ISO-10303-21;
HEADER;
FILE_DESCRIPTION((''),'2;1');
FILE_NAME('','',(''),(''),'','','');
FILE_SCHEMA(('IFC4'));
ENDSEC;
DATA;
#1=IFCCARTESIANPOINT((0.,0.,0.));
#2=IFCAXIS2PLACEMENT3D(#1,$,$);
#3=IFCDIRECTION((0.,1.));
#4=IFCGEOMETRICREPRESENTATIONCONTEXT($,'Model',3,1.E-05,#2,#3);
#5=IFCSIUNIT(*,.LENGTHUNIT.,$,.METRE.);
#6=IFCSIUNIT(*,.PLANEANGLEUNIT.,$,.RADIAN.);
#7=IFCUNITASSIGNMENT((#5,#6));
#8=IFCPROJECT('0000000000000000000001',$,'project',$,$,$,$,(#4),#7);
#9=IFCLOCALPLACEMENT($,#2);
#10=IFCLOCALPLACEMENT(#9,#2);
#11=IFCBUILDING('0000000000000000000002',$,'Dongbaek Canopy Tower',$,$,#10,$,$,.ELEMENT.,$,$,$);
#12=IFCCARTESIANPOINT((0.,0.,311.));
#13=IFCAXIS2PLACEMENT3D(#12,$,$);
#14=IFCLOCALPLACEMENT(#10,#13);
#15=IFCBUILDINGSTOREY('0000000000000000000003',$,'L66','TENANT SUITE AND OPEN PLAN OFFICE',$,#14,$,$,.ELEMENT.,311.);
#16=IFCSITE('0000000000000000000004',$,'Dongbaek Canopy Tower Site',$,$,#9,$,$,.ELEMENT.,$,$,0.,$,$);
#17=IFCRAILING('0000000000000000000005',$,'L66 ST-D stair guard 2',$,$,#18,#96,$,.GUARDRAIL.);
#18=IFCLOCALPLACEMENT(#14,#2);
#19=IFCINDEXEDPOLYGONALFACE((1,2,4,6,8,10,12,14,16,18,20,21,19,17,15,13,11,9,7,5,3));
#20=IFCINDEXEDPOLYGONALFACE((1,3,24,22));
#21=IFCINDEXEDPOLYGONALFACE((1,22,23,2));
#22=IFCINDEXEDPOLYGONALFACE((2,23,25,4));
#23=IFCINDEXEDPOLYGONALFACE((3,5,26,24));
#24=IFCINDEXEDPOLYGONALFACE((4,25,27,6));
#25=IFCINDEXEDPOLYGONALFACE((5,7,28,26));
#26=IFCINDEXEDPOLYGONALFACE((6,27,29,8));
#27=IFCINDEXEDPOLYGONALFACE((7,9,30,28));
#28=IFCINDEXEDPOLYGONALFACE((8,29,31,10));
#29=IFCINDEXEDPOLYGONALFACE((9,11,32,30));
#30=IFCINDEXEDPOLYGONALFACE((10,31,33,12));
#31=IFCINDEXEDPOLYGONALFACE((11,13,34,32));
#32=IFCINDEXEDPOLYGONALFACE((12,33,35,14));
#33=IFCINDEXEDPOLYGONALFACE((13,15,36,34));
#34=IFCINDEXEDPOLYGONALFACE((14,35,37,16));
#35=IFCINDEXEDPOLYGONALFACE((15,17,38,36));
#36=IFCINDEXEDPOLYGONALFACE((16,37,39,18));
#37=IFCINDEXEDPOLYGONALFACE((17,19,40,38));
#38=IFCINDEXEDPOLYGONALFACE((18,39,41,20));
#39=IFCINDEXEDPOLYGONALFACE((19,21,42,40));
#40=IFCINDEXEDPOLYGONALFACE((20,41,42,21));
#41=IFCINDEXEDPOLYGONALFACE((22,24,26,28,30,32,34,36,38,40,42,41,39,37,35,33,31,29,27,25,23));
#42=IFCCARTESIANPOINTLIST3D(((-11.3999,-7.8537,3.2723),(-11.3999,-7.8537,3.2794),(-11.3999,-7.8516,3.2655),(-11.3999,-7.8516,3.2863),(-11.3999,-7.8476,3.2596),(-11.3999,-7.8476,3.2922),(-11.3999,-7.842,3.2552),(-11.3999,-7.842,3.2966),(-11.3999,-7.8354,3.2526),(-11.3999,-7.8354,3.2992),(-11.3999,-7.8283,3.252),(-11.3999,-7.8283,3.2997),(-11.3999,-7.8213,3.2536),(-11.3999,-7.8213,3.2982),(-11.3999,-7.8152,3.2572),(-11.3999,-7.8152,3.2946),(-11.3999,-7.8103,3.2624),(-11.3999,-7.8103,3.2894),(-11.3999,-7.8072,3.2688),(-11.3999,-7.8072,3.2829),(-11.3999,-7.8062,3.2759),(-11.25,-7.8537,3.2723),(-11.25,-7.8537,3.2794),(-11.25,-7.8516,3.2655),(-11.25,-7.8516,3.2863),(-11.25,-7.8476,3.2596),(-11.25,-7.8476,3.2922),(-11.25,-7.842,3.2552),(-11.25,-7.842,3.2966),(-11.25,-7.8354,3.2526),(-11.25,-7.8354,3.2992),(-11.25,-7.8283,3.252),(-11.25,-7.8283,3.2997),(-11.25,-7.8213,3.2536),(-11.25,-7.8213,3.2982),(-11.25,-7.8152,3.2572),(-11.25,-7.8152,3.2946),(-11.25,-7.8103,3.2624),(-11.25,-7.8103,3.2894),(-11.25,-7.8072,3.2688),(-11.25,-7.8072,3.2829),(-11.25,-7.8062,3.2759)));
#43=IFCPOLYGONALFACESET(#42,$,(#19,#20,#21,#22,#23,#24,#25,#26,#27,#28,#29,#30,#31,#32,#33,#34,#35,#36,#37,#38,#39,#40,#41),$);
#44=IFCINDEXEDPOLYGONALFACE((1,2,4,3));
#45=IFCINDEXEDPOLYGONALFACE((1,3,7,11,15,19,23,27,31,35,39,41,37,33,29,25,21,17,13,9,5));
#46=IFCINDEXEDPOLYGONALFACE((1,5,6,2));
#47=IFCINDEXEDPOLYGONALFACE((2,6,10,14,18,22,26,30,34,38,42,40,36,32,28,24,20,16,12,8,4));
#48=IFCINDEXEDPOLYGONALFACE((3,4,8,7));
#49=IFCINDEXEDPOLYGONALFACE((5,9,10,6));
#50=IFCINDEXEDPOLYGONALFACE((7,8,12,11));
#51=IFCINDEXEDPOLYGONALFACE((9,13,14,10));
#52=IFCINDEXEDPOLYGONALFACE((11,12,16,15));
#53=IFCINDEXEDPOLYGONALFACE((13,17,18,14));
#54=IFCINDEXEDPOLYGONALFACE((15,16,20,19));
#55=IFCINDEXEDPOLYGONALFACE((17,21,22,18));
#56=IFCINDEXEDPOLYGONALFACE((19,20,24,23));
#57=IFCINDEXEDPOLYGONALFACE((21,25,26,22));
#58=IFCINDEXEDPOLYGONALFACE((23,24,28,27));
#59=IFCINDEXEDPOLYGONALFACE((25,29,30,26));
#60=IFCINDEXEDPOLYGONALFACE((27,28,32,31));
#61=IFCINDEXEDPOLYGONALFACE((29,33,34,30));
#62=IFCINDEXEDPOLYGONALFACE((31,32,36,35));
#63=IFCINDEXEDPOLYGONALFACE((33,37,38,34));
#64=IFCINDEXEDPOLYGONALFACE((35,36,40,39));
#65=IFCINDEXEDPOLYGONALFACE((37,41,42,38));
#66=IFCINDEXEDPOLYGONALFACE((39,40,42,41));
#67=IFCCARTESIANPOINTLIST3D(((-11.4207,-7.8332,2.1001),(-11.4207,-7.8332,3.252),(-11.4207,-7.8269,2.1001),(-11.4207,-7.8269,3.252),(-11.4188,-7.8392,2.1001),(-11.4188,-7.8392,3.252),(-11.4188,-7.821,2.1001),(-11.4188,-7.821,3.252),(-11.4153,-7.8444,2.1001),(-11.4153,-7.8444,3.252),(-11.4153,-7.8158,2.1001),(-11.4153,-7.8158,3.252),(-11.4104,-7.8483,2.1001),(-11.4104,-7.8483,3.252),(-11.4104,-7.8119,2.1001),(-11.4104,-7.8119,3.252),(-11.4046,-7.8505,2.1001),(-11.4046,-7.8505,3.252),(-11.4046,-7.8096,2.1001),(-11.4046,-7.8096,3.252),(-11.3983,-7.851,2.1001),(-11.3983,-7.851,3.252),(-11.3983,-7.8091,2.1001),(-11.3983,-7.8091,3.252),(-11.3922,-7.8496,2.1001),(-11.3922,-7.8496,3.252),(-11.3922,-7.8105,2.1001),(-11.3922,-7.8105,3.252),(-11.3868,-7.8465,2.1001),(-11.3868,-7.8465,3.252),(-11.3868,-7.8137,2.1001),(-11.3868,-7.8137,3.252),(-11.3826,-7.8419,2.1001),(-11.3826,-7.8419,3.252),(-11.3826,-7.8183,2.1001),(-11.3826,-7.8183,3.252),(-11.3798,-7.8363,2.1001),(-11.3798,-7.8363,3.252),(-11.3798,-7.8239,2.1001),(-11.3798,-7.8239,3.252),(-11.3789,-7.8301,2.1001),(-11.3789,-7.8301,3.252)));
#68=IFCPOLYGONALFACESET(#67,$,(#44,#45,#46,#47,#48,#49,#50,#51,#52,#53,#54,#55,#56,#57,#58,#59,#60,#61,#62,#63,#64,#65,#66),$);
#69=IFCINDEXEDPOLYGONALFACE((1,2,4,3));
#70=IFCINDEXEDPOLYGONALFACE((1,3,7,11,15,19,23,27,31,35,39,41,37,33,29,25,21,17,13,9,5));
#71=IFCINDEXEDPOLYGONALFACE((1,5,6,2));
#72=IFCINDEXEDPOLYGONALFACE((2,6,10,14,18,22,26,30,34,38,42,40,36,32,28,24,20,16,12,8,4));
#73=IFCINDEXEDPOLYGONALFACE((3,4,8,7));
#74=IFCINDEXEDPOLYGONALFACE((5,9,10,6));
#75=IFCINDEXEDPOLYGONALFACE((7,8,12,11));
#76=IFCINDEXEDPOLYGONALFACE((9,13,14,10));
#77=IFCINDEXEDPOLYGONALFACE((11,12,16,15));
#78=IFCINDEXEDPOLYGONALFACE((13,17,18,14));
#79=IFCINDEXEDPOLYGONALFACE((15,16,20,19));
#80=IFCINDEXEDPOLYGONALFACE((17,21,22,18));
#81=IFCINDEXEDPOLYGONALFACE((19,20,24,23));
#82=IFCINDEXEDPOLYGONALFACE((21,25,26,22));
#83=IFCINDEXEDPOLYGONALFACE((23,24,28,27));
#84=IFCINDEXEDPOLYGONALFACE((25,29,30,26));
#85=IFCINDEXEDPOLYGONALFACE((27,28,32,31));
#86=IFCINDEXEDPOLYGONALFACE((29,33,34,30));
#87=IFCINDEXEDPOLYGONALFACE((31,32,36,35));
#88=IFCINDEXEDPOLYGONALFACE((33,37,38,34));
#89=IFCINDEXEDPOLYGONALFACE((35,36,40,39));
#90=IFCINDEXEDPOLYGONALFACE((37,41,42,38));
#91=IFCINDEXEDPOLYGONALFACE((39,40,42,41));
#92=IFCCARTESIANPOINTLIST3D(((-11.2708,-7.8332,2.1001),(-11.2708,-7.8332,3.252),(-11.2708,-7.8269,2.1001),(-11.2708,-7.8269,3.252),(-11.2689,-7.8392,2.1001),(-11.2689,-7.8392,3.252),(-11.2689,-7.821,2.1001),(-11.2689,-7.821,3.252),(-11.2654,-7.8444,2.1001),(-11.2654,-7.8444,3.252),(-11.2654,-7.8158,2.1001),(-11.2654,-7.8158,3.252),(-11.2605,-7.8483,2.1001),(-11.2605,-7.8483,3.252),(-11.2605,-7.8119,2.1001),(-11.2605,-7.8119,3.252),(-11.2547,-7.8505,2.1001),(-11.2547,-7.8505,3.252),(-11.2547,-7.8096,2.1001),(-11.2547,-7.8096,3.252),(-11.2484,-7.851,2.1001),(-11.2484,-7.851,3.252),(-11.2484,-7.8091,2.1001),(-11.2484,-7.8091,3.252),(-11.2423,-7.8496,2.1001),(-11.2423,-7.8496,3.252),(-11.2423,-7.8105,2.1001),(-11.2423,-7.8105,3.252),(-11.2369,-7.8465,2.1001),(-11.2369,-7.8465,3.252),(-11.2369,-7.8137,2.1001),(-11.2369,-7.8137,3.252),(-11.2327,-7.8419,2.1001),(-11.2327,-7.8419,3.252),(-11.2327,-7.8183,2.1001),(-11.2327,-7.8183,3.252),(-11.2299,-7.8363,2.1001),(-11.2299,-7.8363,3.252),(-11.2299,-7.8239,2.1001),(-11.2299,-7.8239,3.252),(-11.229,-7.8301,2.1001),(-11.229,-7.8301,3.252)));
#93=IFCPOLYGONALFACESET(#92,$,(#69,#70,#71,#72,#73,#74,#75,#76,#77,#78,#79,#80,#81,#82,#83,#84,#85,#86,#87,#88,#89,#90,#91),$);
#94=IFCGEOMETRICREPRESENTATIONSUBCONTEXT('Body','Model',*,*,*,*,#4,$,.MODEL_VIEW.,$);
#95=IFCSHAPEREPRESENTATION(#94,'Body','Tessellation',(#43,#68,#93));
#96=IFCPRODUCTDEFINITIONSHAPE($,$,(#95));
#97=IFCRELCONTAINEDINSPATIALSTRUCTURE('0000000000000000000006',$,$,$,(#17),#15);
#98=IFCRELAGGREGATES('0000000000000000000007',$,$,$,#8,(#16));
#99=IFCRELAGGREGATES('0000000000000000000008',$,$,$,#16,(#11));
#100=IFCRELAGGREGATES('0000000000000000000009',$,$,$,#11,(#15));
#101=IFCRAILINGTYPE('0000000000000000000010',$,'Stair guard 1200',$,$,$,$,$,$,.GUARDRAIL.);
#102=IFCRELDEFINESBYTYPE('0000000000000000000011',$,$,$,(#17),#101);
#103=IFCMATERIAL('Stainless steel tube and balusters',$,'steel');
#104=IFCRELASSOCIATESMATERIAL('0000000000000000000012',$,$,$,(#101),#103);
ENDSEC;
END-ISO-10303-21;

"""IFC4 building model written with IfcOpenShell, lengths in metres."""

from ifc_helpers import new_model, si_unit, direction, frame, origin, origin_2d, place, context, subcontext, project, spatial, circle, extrude, material, type_object, element, save


model = new_model("IFC4")

# Units and contexts
model_context = context("Model", 3, precision=1e-05, world=origin(), true_north=direction((0.0, 1.0)))
body_context = subcontext(model_context, "Body", "Model", "MODEL_VIEW")
ifc_project = project(units=[si_unit("LENGTHUNIT", "METRE"), si_unit("PLANEANGLEUNIT", "RADIAN")], contexts=[model_context])

# Site, building, storey
site_placement = place(None, origin())
site = spatial("IfcSite", under=ifc_project, at=site_placement, Name="Dongbaek Canopy Tower Site", CompositionType="ELEMENT", RefElevation=0.0)
building_placement = place(site_placement, origin())
building = spatial("IfcBuilding", under=site, at=building_placement, Name="Dongbaek Canopy Tower", CompositionType="ELEMENT")
storey_placement = place(building_placement, frame((0.0, 0.0, 311.0)))
storey = spatial("IfcBuildingStorey", under=building, at=storey_placement, Name="L66", Description="TENANT SUITE AND OPEN PLAN OFFICE", CompositionType="ELEMENT", Elevation=311.0)

# Railing
ifc_material_1 = material(Name="Stainless steel tube and balusters", Category="steel")
railing_type_1 = type_object("IfcRailingType", Name="Stair guard 1200", PredefinedType="GUARDRAIL", material=ifc_material_1)
railing_1_placement = place(storey_placement, frame((-11.3999, -7.8301, 2.1001)))
element("IfcRailing", 1, at=railing_1_placement, inside=storey, type_object=railing_type_1, Name="L66 ST-D stair guard 2", PredefinedType="GUARDRAIL", context=body_context, shape_type="SweptSolid", body=[
    extrude(circle(Radius=0.0239, at=origin_2d()), frame((0.0, 0.0, 1.1758), z_axis=(1.0, 0.0, 0.0), x_axis=(0.0, 1.0, 0.0)), (0.0, 0.0, 1.0), 0.1499),
    extrude(circle(Radius=0.021, at=origin_2d()), origin(), (0.0, 0.0, 1.0), 1.1519),
    extrude(circle(Radius=0.021, at=origin_2d()), frame((0.1499, 0.0, 0.0)), (0.0, 0.0, 1.0), 1.1519),
])

save(model, "model.ifc")
